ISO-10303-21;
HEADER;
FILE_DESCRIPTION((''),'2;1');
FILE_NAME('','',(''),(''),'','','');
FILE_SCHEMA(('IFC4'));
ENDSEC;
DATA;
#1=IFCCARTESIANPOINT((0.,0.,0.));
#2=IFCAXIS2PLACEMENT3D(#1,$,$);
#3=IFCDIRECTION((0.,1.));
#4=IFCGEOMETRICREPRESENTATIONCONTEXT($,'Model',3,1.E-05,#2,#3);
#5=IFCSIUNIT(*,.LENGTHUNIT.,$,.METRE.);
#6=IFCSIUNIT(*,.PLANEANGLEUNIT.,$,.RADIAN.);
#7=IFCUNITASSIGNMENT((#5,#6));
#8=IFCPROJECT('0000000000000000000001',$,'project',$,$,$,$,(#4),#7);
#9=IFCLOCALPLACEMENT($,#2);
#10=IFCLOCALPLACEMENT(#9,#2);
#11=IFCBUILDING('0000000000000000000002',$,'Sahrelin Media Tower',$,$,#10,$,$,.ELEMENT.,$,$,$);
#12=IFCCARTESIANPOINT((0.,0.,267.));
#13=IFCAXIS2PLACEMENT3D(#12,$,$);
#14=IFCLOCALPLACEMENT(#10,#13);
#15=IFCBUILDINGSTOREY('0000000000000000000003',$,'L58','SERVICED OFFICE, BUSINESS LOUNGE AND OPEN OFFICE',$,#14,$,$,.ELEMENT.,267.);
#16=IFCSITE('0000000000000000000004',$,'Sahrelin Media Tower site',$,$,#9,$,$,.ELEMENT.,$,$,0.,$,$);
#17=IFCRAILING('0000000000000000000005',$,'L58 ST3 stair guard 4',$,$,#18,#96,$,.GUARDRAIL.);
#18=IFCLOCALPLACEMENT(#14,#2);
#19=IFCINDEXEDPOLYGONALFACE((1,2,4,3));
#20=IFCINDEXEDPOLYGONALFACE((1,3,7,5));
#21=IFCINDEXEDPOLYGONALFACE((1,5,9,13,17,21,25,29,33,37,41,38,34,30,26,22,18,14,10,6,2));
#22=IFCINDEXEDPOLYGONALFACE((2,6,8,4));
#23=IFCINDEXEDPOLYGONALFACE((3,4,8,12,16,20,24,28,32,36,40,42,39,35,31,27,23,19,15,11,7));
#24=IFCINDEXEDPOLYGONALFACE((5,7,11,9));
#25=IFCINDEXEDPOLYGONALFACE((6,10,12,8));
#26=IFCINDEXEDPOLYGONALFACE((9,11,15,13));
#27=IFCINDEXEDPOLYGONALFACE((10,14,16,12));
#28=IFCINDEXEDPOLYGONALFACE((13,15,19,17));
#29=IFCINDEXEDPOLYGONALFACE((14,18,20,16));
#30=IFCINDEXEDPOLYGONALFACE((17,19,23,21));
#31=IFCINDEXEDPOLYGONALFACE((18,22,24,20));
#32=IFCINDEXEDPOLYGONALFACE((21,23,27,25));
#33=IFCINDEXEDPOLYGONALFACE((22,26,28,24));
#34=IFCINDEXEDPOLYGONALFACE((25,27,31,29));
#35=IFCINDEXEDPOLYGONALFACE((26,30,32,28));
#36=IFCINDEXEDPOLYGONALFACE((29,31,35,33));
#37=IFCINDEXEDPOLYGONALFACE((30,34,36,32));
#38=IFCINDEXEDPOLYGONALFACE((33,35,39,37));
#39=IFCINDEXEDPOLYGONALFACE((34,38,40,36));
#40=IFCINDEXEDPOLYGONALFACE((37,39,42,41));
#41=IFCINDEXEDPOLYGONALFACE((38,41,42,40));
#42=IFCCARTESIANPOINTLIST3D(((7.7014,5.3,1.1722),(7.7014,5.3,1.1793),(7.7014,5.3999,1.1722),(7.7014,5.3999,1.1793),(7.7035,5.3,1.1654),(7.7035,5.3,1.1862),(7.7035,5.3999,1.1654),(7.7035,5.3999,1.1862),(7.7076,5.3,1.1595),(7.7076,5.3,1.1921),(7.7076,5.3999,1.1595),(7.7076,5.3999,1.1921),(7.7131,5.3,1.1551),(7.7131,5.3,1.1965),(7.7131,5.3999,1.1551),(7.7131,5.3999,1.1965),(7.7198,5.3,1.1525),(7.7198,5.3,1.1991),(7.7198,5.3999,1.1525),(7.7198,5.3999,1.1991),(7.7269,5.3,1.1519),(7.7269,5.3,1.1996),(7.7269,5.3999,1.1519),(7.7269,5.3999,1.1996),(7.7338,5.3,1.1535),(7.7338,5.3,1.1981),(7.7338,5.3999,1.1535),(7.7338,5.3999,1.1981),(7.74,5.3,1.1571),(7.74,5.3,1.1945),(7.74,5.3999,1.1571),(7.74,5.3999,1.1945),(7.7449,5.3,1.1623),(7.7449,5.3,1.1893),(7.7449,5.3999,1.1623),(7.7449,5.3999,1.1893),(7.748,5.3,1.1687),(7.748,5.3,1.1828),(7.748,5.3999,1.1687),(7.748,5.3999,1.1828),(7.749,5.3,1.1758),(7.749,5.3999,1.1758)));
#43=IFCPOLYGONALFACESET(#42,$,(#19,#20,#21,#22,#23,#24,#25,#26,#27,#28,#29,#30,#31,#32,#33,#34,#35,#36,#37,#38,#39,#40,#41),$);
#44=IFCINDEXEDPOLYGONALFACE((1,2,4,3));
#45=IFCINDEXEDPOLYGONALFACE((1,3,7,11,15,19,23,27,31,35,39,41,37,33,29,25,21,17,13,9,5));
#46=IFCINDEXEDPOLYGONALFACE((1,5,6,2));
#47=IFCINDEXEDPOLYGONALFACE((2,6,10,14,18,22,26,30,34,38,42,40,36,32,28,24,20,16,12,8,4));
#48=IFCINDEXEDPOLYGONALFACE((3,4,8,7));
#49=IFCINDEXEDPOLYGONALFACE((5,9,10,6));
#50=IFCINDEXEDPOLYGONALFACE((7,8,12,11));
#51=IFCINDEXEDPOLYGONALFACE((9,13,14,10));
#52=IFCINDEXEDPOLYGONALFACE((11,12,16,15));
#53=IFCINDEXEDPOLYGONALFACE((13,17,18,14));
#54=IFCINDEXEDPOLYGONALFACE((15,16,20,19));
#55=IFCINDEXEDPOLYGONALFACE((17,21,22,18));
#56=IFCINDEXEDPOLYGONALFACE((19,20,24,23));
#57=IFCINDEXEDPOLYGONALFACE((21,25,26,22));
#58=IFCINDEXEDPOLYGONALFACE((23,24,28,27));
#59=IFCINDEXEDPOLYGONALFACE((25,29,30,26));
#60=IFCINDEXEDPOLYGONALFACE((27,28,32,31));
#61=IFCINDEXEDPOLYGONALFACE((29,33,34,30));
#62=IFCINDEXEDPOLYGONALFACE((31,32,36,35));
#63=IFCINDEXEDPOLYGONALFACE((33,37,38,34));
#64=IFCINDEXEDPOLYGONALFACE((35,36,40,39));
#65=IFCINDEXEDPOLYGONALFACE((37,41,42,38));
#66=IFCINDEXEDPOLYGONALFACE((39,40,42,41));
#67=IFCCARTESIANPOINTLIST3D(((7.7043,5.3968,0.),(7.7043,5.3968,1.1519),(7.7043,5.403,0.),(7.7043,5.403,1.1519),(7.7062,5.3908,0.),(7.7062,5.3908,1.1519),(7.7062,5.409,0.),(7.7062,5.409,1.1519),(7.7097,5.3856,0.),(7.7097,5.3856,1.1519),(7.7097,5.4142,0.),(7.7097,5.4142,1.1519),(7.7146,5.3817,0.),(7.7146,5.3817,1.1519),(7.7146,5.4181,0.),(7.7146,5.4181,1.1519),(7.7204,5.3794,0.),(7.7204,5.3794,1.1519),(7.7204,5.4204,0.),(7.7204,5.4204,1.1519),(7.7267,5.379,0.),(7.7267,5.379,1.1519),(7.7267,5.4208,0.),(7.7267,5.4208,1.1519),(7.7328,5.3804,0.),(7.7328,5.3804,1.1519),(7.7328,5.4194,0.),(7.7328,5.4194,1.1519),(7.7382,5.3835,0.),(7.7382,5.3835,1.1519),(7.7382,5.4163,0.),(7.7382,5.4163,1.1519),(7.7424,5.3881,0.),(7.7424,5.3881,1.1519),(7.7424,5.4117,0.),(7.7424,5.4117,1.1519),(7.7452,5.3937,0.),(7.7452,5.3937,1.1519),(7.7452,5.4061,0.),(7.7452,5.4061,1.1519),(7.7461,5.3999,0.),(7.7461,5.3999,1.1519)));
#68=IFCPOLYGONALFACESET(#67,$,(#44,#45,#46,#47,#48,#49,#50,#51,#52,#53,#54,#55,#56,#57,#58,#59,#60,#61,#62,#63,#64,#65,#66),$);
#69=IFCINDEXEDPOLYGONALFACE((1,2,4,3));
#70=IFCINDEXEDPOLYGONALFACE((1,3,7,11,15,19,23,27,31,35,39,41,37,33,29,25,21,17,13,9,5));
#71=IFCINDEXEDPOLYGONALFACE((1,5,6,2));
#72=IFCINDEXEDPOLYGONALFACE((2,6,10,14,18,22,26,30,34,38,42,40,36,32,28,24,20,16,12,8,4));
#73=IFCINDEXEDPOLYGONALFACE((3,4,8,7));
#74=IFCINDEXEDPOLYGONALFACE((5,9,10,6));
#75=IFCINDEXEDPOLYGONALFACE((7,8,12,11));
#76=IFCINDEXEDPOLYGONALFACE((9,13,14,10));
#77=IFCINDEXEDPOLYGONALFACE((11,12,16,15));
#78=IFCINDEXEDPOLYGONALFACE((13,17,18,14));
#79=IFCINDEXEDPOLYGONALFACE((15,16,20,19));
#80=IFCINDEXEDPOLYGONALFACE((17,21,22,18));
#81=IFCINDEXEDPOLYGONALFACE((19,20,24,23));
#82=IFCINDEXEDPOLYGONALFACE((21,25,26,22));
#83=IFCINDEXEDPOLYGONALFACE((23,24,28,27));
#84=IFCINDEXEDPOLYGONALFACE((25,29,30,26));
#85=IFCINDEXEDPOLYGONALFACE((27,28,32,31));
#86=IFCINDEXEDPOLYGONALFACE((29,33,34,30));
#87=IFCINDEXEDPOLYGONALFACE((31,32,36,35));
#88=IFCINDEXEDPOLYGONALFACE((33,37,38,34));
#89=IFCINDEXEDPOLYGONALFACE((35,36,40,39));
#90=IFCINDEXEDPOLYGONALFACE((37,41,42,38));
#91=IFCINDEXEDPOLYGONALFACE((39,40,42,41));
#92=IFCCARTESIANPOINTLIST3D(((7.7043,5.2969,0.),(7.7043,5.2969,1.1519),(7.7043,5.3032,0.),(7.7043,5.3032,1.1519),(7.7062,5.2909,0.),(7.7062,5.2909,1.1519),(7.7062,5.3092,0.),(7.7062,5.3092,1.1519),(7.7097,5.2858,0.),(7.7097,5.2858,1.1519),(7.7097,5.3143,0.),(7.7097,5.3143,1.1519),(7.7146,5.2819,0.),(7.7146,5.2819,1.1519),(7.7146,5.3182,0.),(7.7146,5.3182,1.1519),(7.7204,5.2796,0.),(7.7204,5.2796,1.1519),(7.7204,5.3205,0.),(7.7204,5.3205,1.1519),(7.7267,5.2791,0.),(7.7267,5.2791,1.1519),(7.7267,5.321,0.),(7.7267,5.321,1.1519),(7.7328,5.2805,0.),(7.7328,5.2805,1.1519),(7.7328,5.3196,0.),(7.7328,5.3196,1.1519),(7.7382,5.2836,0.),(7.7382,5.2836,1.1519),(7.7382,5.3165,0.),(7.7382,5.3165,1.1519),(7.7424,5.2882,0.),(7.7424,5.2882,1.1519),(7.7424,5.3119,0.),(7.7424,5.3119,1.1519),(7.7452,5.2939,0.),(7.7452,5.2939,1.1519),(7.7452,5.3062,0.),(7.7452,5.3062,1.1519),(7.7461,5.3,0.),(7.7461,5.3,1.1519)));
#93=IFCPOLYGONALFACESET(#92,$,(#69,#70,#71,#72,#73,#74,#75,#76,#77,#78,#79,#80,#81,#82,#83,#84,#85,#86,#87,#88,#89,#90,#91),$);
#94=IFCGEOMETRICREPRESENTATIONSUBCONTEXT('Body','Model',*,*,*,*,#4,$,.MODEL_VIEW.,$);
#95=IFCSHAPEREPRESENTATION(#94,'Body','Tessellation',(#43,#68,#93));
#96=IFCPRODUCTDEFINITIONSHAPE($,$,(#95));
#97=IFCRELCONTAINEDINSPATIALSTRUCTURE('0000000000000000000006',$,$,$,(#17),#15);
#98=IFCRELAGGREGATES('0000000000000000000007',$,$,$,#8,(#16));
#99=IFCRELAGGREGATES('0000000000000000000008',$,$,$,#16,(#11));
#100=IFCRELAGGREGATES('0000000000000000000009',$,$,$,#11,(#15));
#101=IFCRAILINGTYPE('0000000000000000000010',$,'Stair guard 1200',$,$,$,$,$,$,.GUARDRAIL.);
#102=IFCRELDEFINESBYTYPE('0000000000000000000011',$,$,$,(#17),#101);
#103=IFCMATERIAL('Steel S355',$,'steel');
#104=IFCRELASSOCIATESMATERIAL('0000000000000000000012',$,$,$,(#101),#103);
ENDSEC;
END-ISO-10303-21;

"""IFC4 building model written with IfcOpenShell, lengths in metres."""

from ifc_helpers import new_model, si_unit, direction, frame, origin, origin_2d, place, context, subcontext, project, spatial, circle, extrude, material, type_object, element, save


model = new_model("IFC4")

# Units and contexts
model_context = context("Model", 3, precision=1e-05, world=origin(), true_north=direction((0.0, 1.0)))
body_context = subcontext(model_context, "Body", "Model", "MODEL_VIEW")
ifc_project = project(units=[si_unit("LENGTHUNIT", "METRE"), si_unit("PLANEANGLEUNIT", "RADIAN")], contexts=[model_context])

# Site, building, storey
site_placement = place(None, origin())
site = spatial("IfcSite", under=ifc_project, at=site_placement, Name="Sahrelin Media Tower site", CompositionType="ELEMENT", RefElevation=0.0)
building_placement = place(site_placement, origin())
building = spatial("IfcBuilding", under=site, at=building_placement, Name="Sahrelin Media Tower", CompositionType="ELEMENT")
storey_placement = place(building_placement, frame((0.0, 0.0, 267.0)))
storey = spatial("IfcBuildingStorey", under=building, at=storey_placement, Name="L58", Description="SERVICED OFFICE, BUSINESS LOUNGE AND OPEN OFFICE", CompositionType="ELEMENT", Elevation=267.0)

# Shared definitions
ifc_material_1 = material(Name="Steel S355", Category="steel")

# Railing
railing_type_1 = type_object("IfcRailingType", Name="Stair guard 1200", PredefinedType="GUARDRAIL", material=ifc_material_1)
railing_1_placement = place(storey_placement, frame((7.7251, 5.3999, 0.0)))
element("IfcRailing", 1, at=railing_1_placement, inside=storey, type_object=railing_type_1, Name="L58 ST3 stair guard 4", PredefinedType="GUARDRAIL", context=body_context, shape_type="SweptSolid", body=[
    extrude(circle(Radius=0.0239, at=origin_2d()), frame((0.0, 0.0, 1.1758), z_axis=(0.0, -1.0, 0.0), x_axis=(1.0, 0.0, 0.0)), (0.0, 0.0, 1.0), 0.0999),
    extrude(circle(Radius=0.021, at=origin_2d()), origin(), (0.0, 0.0, 1.0), 1.1519),
    extrude(circle(Radius=0.021, at=origin_2d()), frame((0.0, -0.0999, 0.0)), (0.0, 0.0, 1.0), 1.1519),
])

save(model, "model.ifc")
